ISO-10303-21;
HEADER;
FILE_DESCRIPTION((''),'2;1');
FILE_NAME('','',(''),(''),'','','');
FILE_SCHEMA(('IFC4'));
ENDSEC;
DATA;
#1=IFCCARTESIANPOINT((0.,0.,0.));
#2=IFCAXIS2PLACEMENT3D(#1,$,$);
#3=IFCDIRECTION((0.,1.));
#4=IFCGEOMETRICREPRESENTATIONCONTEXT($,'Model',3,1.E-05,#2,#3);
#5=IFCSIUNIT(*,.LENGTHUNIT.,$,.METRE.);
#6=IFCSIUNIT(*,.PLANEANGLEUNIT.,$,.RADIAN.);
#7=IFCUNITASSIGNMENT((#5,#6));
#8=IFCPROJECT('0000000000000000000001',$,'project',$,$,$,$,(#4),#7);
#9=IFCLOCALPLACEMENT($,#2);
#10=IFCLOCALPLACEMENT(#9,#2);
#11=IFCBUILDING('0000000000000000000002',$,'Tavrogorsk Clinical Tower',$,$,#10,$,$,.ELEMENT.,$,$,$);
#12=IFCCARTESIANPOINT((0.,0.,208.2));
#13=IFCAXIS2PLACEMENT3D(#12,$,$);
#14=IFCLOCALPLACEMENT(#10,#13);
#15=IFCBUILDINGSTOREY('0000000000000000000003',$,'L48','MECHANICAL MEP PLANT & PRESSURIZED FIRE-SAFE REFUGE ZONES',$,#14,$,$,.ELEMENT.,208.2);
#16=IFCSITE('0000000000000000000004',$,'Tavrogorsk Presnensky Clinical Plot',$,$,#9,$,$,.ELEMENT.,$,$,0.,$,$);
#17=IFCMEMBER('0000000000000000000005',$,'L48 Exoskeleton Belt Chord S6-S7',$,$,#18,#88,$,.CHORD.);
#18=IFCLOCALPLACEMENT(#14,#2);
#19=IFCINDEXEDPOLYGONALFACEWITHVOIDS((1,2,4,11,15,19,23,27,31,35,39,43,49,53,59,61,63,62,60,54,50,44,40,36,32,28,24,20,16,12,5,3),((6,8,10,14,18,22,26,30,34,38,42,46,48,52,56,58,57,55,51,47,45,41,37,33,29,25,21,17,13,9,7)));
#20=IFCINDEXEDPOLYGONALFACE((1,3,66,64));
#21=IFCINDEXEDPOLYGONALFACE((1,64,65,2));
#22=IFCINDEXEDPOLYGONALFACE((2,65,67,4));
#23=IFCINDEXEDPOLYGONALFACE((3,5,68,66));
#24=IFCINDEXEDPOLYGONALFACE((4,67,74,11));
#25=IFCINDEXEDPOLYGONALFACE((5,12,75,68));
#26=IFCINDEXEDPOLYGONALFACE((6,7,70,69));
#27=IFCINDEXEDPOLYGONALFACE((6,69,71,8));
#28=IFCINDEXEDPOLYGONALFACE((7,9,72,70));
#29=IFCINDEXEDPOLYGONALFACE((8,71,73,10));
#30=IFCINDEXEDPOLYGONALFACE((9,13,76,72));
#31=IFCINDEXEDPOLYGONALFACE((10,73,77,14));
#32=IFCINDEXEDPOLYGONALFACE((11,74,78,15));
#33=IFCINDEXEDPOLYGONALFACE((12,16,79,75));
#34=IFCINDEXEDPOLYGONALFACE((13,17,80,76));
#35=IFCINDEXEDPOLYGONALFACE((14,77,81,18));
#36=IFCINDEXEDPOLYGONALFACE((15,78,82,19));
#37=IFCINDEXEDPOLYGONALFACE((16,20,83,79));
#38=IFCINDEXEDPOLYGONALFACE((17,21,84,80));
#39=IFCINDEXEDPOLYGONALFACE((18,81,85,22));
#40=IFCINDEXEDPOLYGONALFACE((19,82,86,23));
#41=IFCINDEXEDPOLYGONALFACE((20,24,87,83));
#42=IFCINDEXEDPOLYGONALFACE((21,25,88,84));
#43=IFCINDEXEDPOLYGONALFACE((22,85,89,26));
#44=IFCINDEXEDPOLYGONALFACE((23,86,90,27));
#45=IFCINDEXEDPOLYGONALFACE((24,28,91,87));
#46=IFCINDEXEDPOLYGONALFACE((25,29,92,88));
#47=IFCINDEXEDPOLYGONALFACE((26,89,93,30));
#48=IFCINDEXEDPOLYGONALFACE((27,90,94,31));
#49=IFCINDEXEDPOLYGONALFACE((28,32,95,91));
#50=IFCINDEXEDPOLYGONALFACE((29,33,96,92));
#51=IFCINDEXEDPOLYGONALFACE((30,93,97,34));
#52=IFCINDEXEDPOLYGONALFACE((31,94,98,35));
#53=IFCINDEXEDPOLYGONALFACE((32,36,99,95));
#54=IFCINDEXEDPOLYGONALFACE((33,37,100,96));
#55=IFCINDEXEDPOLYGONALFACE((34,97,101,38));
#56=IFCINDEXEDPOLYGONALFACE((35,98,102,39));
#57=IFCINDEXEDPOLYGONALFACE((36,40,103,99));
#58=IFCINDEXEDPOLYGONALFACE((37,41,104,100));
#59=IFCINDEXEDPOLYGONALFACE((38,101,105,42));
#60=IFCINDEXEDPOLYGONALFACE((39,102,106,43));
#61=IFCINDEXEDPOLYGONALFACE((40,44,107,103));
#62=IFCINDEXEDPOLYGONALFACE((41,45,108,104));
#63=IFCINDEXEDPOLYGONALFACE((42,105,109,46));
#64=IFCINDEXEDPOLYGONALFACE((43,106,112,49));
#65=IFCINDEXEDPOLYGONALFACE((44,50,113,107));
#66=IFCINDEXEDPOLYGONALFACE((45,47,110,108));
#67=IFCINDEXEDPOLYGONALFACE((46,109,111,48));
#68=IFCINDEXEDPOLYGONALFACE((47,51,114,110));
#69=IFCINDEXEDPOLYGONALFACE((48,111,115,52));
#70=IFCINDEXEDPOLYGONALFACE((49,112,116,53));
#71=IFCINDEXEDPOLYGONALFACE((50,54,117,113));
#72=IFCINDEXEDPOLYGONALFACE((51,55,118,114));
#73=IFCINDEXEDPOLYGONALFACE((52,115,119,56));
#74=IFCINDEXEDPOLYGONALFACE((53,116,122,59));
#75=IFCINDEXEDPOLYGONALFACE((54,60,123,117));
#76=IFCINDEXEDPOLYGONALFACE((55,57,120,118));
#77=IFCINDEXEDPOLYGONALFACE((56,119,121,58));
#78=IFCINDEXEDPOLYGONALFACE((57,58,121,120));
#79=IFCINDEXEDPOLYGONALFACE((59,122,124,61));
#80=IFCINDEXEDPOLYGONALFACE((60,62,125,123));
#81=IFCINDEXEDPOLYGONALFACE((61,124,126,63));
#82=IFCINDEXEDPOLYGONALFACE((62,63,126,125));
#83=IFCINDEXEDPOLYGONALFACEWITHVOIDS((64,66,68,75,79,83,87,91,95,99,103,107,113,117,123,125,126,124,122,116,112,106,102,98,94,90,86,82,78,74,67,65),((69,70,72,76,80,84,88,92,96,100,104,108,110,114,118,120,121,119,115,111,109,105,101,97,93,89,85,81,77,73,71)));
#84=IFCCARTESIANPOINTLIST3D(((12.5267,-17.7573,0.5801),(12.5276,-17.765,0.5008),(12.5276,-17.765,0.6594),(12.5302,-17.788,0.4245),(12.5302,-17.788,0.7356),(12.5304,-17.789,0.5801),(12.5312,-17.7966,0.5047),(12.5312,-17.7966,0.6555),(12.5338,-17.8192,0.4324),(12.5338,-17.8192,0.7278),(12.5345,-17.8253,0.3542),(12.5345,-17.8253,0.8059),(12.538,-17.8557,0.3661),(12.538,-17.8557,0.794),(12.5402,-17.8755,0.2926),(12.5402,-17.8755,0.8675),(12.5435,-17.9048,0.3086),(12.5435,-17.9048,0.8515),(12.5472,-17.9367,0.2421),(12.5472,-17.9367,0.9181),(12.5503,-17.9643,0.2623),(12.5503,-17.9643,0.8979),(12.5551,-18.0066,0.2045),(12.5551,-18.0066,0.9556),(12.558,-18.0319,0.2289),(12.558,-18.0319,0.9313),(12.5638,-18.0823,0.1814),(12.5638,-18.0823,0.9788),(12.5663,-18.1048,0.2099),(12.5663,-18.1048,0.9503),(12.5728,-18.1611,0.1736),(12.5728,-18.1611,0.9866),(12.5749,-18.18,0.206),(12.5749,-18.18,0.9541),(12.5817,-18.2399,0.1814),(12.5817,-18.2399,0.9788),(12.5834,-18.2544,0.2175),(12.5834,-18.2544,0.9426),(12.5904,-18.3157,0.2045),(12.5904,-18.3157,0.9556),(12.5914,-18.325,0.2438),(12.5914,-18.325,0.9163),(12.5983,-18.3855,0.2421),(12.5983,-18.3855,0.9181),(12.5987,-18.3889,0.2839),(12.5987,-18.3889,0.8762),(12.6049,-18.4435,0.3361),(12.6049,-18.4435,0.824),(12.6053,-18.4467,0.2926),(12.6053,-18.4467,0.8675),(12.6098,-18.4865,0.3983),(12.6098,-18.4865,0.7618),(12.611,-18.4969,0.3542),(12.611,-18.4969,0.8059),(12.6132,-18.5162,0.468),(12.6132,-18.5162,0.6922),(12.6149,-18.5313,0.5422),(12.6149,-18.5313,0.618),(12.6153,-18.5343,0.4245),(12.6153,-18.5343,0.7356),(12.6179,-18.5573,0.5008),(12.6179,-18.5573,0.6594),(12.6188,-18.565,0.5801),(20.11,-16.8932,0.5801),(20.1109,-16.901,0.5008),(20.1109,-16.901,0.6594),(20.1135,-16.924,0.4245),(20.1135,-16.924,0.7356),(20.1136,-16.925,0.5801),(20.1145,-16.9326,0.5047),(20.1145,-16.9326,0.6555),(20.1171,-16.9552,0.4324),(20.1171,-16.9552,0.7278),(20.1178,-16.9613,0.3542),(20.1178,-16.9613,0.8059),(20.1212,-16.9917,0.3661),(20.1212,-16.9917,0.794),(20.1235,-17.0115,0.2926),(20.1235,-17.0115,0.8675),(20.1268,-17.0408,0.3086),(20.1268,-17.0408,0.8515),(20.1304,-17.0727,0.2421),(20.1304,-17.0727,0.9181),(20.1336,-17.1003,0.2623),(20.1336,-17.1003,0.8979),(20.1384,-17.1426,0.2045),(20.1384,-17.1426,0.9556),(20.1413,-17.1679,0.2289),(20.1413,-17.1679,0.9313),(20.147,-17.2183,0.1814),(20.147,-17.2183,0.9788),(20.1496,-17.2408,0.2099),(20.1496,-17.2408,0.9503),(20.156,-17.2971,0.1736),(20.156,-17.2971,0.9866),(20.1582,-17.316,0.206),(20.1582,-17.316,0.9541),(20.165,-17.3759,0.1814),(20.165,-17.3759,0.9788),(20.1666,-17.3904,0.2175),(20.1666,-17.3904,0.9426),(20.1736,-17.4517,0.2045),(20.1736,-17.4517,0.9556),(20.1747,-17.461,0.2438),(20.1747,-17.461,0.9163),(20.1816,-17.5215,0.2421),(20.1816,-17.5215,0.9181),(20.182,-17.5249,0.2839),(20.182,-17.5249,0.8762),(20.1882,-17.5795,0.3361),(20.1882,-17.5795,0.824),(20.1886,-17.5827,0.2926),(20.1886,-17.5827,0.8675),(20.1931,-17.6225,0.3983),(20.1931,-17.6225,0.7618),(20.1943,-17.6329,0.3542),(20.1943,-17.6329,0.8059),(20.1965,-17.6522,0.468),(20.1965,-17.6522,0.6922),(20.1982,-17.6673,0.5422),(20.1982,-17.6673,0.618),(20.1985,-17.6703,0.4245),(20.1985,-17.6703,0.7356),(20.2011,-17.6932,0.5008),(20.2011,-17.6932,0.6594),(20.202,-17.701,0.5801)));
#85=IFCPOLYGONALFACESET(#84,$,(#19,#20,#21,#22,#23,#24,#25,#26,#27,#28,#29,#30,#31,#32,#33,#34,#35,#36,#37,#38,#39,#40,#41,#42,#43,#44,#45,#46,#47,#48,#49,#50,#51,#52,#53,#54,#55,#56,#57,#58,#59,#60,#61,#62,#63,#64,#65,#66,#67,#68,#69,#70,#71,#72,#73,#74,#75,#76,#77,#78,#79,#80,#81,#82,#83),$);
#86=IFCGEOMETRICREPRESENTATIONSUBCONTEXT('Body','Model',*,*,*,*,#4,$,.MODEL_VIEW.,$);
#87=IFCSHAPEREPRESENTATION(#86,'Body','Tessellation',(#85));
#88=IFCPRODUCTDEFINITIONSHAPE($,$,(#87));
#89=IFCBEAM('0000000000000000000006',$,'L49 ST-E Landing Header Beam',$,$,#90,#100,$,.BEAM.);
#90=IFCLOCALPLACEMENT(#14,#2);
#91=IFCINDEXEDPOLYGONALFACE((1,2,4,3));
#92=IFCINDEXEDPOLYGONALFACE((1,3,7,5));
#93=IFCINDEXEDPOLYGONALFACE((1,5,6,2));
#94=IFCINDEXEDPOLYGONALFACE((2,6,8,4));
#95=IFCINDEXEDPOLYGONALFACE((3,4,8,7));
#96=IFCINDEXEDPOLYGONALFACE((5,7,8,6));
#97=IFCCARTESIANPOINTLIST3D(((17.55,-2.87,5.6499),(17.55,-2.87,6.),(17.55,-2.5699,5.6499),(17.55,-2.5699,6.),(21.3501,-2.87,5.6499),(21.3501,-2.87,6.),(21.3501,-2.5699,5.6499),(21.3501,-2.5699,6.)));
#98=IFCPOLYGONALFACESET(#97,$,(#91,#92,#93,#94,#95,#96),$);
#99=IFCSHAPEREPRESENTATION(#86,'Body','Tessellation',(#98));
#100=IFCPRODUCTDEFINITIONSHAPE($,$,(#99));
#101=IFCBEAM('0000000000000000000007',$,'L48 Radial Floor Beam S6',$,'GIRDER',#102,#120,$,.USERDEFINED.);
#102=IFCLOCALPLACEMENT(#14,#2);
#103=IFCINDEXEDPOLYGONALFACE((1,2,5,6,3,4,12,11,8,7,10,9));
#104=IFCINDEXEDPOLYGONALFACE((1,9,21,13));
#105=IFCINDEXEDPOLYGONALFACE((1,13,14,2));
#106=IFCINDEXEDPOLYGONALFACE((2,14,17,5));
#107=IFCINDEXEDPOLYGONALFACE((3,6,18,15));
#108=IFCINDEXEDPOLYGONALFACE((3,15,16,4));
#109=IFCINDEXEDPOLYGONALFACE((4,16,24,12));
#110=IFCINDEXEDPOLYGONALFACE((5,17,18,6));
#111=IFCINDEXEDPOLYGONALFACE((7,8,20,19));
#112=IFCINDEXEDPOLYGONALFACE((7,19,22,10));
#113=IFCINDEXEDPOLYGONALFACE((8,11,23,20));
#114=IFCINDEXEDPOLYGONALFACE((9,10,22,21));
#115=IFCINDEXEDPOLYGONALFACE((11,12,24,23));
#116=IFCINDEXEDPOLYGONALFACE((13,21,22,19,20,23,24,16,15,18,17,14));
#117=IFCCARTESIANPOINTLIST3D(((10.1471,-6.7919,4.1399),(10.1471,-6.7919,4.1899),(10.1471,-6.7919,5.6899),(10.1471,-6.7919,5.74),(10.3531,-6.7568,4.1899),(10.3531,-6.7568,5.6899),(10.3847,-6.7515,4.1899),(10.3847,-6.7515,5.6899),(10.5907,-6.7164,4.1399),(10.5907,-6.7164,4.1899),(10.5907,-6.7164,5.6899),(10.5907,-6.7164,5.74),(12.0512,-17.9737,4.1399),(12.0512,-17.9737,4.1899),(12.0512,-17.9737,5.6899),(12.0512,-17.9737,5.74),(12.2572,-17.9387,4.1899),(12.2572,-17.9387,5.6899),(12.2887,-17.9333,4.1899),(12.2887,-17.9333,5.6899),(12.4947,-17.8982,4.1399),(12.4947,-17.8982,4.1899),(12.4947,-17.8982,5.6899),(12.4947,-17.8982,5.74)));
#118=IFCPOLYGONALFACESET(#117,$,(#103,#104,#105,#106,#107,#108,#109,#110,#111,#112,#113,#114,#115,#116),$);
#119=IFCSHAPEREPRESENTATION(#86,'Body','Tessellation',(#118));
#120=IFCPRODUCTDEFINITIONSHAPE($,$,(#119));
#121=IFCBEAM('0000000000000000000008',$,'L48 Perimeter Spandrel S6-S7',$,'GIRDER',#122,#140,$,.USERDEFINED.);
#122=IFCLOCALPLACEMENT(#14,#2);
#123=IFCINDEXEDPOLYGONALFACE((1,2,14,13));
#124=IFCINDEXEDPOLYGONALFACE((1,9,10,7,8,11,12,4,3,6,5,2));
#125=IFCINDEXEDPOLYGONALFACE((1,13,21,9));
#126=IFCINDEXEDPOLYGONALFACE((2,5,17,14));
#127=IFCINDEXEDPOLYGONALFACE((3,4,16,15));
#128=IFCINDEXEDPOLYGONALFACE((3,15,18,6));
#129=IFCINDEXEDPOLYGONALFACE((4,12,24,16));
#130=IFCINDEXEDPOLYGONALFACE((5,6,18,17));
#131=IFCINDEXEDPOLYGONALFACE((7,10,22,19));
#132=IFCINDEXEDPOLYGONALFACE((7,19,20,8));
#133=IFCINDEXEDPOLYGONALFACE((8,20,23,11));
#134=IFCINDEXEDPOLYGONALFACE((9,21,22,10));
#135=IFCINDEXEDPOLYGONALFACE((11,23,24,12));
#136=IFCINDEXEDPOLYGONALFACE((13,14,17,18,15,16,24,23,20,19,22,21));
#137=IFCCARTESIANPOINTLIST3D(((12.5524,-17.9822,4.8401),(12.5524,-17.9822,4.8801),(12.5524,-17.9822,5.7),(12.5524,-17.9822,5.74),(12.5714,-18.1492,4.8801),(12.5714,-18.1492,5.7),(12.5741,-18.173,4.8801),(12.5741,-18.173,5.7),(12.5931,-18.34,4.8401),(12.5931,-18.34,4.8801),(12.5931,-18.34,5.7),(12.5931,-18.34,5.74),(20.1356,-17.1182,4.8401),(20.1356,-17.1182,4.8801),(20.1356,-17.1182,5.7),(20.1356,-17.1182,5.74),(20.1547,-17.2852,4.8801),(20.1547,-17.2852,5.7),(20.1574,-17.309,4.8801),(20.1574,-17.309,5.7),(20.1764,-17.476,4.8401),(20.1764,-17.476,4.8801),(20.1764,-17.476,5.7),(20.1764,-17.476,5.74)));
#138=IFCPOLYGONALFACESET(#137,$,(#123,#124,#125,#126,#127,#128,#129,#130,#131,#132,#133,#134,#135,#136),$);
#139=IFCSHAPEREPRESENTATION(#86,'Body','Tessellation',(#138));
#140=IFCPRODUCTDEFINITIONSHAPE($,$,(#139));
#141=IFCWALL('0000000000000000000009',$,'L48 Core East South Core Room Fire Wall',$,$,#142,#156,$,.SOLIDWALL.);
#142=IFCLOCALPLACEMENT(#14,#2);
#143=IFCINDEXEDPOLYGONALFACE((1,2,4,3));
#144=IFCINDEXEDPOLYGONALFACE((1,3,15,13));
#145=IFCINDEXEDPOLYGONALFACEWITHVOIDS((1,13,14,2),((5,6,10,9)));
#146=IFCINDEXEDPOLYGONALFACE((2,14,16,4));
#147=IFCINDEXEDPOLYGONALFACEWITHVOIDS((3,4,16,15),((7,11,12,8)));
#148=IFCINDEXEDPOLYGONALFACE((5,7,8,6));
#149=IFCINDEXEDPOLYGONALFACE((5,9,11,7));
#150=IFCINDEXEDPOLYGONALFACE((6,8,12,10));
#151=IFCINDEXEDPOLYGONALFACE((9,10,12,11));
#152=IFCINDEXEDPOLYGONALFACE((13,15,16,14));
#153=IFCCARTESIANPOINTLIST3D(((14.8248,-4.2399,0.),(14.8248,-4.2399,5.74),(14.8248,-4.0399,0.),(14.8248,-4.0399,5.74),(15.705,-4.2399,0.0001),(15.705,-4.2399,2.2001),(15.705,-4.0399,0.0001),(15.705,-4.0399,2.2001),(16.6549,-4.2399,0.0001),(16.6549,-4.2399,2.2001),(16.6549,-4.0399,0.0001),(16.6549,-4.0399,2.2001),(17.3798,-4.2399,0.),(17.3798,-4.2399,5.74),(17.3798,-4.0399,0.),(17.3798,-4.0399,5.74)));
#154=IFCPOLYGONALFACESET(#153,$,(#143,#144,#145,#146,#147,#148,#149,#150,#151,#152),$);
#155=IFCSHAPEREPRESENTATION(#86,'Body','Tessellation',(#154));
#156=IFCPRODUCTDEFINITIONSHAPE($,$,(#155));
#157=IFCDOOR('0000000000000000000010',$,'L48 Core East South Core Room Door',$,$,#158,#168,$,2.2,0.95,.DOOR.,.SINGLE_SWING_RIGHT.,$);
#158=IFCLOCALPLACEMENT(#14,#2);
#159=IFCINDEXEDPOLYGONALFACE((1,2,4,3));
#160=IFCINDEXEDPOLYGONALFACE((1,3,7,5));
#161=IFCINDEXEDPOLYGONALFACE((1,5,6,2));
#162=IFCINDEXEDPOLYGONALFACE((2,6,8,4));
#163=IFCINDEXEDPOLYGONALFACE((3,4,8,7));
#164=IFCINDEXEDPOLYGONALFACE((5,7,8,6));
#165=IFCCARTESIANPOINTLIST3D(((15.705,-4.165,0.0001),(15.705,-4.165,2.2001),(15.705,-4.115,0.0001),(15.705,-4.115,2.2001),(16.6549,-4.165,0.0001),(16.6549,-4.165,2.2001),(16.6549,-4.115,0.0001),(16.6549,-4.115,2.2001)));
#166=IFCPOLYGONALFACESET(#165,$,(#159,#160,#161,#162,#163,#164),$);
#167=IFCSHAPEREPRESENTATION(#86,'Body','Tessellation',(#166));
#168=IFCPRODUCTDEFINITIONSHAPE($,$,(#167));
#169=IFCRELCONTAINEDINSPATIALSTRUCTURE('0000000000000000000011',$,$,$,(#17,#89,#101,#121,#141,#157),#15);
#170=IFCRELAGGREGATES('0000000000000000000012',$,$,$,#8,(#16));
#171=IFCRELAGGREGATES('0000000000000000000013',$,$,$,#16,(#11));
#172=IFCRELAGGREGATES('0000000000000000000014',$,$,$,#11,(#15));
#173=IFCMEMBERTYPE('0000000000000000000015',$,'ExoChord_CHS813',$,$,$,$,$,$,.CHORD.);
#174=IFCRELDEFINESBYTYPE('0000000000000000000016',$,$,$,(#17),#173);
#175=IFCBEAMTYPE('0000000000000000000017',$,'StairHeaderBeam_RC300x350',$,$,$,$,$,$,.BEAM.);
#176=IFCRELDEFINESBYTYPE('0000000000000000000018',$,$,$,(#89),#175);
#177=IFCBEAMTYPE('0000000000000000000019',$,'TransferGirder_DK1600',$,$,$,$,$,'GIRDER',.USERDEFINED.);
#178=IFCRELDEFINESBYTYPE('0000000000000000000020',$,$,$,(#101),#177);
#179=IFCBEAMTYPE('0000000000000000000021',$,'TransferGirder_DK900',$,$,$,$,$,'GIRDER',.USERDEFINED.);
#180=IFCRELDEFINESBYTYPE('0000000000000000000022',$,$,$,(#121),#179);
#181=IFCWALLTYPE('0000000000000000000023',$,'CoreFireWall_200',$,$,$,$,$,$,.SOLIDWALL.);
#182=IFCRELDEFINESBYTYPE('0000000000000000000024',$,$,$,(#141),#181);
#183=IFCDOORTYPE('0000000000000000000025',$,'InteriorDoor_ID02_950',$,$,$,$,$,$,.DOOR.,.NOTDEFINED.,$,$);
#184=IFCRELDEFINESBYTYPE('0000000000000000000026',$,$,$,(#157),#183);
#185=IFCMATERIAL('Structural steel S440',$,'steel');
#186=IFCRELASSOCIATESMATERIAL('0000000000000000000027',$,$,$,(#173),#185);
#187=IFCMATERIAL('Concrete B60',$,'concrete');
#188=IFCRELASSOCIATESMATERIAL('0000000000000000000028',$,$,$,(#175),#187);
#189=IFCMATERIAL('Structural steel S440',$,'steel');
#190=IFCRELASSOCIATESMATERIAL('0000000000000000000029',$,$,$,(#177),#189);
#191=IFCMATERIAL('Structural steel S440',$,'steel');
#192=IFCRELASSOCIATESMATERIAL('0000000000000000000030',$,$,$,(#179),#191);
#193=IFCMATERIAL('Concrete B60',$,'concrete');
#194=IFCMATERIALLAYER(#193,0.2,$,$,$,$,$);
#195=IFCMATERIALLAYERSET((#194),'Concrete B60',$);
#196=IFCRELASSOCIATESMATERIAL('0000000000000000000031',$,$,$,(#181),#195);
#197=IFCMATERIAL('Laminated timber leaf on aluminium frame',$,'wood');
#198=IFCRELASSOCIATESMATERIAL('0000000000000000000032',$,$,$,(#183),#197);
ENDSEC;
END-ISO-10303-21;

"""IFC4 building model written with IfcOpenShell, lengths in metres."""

from ifc_helpers import new_model, si_unit, direction, frame, frame_2d, origin, origin_2d, place, context, subcontext, project, spatial, rectangle, hollow_circle, i_section, extrude, material, layer, layer_set, material_profile, profile_set, type_object, element, fill, save


model = new_model("IFC4")

# Units and contexts
model_context = context("Model", 3, precision=1e-05, world=origin(), true_north=direction((0.0, 1.0)))
body_context = subcontext(model_context, "Body", "Model", "MODEL_VIEW")
ifc_project = project(units=[si_unit("LENGTHUNIT", "METRE"), si_unit("PLANEANGLEUNIT", "RADIAN")], contexts=[model_context])

# Site, building, storey
site_placement = place(None, origin())
site = spatial("IfcSite", under=ifc_project, at=site_placement, Name="Tavrogorsk Presnensky Clinical Plot", CompositionType="ELEMENT", RefElevation=0.0)
building_placement = place(site_placement, origin())
building = spatial("IfcBuilding", under=site, at=building_placement, Name="Tavrogorsk Clinical Tower", CompositionType="ELEMENT")
storey_placement = place(building_placement, frame((0.0, 0.0, 208.2)))
storey = spatial("IfcBuildingStorey", under=building, at=storey_placement, Name="L48", Description="MECHANICAL MEP PLANT & PRESSURIZED FIRE-SAFE REFUGE ZONES", CompositionType="ELEMENT", Elevation=208.2)

# Member
ifc_material_1 = material(Name="Structural steel S440", Category="steel")
ifc_material_profile_1 = material_profile(ifc_material_1, hollow_circle(Radius=0.4065, WallThickness=0.032, at=origin_2d()), Name="CHS-813x32")
ifc_profile_set_1 = profile_set([ifc_material_profile_1], Name="Structural steel S440")
member_type_1 = type_object("IfcMemberType", Name="ExoChord_CHS813", PredefinedType="CHORD", material=ifc_profile_set_1)
member_1_placement = place(storey_placement, frame((12.5728, -18.1611, 0.5801), z_axis=(0.993572, 0.113205, 0.0), x_axis=(-0.113205, 0.993572, 0.0)))
element("IfcMember", 1, at=member_1_placement, inside=storey, type_object=member_type_1, Name="L48 Exoskeleton Belt Chord S6-S7", PredefinedType="CHORD", context=body_context, shape_type="SweptSolid", body=[
    extrude(hollow_circle(Radius=0.4065, WallThickness=0.032, at=origin_2d()), origin(), (0.0, 0.0, 1.0), 7.6323),
])

# Beams
ifc_material_2 = material(Name="Concrete B60", Category="concrete")
ifc_material_profile_2 = material_profile(ifc_material_2, rectangle(XDim=0.3, YDim=0.3501, at=origin_2d()), Name="RC-SHB-300x350")
ifc_profile_set_2 = profile_set([ifc_material_profile_2], Name="Concrete B60")
beam_type_1 = type_object("IfcBeamType", Name="StairHeaderBeam_RC300x350", PredefinedType="BEAM", material=ifc_profile_set_2)
beam_1_placement = place(storey_placement, frame((17.55, -2.72, 5.825), z_axis=(1.0, 0.0, 0.0), x_axis=(0.0, 1.0, 0.0)))
element("IfcBeam", 2, at=beam_1_placement, inside=storey, type_object=beam_type_1, Name="L49 ST-E Landing Header Beam", PredefinedType="BEAM", context=body_context, shape_type="SweptSolid", body=[
    extrude(rectangle(XDim=0.3, YDim=0.3501, at=origin_2d()), origin(), (0.0, 0.0, 1.0), 3.8),
])
ifc_material_3 = material(Name="Structural steel S440", Category="steel")
ifc_material_profile_3 = material_profile(ifc_material_3, i_section(OverallWidth=0.45, OverallDepth=1.6001, WebThickness=0.032, FlangeThickness=0.05, at=origin_2d()), Name="DK-1600x450x32x50")
ifc_profile_set_3 = profile_set([ifc_material_profile_3], Name="Structural steel S440")
beam_type_2 = type_object("IfcBeamType", Name="TransferGirder_DK1600", ElementType="GIRDER", PredefinedType="USERDEFINED", material=ifc_profile_set_3)
beam_2_placement = place(storey_placement, frame((10.3689, -6.7542, 4.9399), z_axis=(0.167864, -0.98581, 0.0), x_axis=(0.98581, 0.167864, 0.0)))
element("IfcBeam", 3, at=beam_2_placement, inside=storey, type_object=beam_type_2, Name="L48 Radial Floor Beam S6", ObjectType="GIRDER", PredefinedType="USERDEFINED", context=body_context, shape_type="SweptSolid", body=[
    extrude(i_section(OverallWidth=0.45, OverallDepth=1.6001, WebThickness=0.032, FlangeThickness=0.05, at=origin_2d()), origin(), (0.0, 0.0, 1.0), 11.3428),
])
ifc_material_4 = material(Name="Structural steel S440", Category="steel")
ifc_material_profile_4 = material_profile(ifc_material_4, i_section(OverallWidth=0.3601, OverallDepth=0.8999, WebThickness=0.0239, FlangeThickness=0.04, at=origin_2d()), Name="DK-900x360x24x40")
ifc_profile_set_4 = profile_set([ifc_material_profile_4], Name="Structural steel S440")
beam_type_3 = type_object("IfcBeamType", Name="TransferGirder_DK900", ElementType="GIRDER", PredefinedType="USERDEFINED", material=ifc_profile_set_4)
beam_3_placement = place(storey_placement, frame((12.5728, -18.1611, 5.29), z_axis=(0.993572, 0.113205, 0.0), x_axis=(-0.113205, 0.993572, 0.0)))
element("IfcBeam", 4, at=beam_3_placement, inside=storey, type_object=beam_type_3, Name="L48 Perimeter Spandrel S6-S7", ObjectType="GIRDER", PredefinedType="USERDEFINED", context=body_context, shape_type="SweptSolid", body=[
    extrude(i_section(OverallWidth=0.3601, OverallDepth=0.8999, WebThickness=0.0239, FlangeThickness=0.04, at=origin_2d()), origin(), (0.0, 0.0, 1.0), 7.6323),
])

# Wall, opening, door
ifc_material_5 = material(Name="Concrete B60", Category="concrete")
ifc_layer_1 = layer(ifc_material_5, 0.2)
ifc_layer_set_1 = layer_set([ifc_layer_1], Name="Concrete B60")
wall_type_1 = type_object("IfcWallType", Name="CoreFireWall_200", PredefinedType="SOLIDWALL", material=ifc_layer_set_1)
wall_1_placement = place(storey_placement, frame((14.825, -4.1399, 0.0), z_axis=(0.0, 0.0, 1.0), x_axis=(1.0, 0.0, 0.0)))
wall_1 = element("IfcWall", 5, at=wall_1_placement, inside=storey, type_object=wall_type_1, Name="L48 Core East South Core Room Fire Wall", PredefinedType="SOLIDWALL", context=body_context, shape_type="SweptSolid", body=[
    extrude(rectangle(XDim=2.5549, YDim=0.2, at=frame_2d((1.2773, 0.0))), origin(), (0.0, 0.0, 1.0), 5.74),
])
opening_1_placement = place(wall_1_placement, frame((0.8799, 0.0, 0.0)))
opening_1 = element("IfcOpeningElement", 6, at=opening_1_placement, cuts=wall_1, PredefinedType="OPENING", context=body_context, shape_type="SweptSolid", body=[
    extrude(rectangle(XDim=0.95, YDim=2.2, at=frame_2d((0.4751, 1.1001))), frame((0.0, 0.1099, 0.0), z_axis=(0.0, -1.0, 0.0), x_axis=(1.0, 0.0, 0.0)), (0.0, 0.0, 1.0), 0.22),
])
ifc_material_6 = material(Name="Laminated timber leaf on aluminium frame", Category="wood")
door_type_1 = type_object("IfcDoorType", Name="InteriorDoor_ID02_950", OperationType="NOTDEFINED", PredefinedType="DOOR", material=ifc_material_6)
door_1_placement = place(opening_1_placement, origin())
door_1 = element("IfcDoor", 7, at=door_1_placement, inside=storey, type_object=door_type_1, Name="L48 Core East South Core Room Door", OperationType="SINGLE_SWING_RIGHT", OverallHeight=2.2, OverallWidth=0.95, PredefinedType="DOOR", context=body_context, shape_type="SweptSolid", body=[
    extrude(rectangle(XDim=0.95, YDim=2.2, at=frame_2d((0.4751, 1.1001))), frame((0.0, 0.0249, 0.0), z_axis=(0.0, -1.0, 0.0), x_axis=(1.0, 0.0, 0.0)), (0.0, 0.0, 1.0), 0.05),
])
fill(opening_1, door_1)

save(model, "model.ifc")
